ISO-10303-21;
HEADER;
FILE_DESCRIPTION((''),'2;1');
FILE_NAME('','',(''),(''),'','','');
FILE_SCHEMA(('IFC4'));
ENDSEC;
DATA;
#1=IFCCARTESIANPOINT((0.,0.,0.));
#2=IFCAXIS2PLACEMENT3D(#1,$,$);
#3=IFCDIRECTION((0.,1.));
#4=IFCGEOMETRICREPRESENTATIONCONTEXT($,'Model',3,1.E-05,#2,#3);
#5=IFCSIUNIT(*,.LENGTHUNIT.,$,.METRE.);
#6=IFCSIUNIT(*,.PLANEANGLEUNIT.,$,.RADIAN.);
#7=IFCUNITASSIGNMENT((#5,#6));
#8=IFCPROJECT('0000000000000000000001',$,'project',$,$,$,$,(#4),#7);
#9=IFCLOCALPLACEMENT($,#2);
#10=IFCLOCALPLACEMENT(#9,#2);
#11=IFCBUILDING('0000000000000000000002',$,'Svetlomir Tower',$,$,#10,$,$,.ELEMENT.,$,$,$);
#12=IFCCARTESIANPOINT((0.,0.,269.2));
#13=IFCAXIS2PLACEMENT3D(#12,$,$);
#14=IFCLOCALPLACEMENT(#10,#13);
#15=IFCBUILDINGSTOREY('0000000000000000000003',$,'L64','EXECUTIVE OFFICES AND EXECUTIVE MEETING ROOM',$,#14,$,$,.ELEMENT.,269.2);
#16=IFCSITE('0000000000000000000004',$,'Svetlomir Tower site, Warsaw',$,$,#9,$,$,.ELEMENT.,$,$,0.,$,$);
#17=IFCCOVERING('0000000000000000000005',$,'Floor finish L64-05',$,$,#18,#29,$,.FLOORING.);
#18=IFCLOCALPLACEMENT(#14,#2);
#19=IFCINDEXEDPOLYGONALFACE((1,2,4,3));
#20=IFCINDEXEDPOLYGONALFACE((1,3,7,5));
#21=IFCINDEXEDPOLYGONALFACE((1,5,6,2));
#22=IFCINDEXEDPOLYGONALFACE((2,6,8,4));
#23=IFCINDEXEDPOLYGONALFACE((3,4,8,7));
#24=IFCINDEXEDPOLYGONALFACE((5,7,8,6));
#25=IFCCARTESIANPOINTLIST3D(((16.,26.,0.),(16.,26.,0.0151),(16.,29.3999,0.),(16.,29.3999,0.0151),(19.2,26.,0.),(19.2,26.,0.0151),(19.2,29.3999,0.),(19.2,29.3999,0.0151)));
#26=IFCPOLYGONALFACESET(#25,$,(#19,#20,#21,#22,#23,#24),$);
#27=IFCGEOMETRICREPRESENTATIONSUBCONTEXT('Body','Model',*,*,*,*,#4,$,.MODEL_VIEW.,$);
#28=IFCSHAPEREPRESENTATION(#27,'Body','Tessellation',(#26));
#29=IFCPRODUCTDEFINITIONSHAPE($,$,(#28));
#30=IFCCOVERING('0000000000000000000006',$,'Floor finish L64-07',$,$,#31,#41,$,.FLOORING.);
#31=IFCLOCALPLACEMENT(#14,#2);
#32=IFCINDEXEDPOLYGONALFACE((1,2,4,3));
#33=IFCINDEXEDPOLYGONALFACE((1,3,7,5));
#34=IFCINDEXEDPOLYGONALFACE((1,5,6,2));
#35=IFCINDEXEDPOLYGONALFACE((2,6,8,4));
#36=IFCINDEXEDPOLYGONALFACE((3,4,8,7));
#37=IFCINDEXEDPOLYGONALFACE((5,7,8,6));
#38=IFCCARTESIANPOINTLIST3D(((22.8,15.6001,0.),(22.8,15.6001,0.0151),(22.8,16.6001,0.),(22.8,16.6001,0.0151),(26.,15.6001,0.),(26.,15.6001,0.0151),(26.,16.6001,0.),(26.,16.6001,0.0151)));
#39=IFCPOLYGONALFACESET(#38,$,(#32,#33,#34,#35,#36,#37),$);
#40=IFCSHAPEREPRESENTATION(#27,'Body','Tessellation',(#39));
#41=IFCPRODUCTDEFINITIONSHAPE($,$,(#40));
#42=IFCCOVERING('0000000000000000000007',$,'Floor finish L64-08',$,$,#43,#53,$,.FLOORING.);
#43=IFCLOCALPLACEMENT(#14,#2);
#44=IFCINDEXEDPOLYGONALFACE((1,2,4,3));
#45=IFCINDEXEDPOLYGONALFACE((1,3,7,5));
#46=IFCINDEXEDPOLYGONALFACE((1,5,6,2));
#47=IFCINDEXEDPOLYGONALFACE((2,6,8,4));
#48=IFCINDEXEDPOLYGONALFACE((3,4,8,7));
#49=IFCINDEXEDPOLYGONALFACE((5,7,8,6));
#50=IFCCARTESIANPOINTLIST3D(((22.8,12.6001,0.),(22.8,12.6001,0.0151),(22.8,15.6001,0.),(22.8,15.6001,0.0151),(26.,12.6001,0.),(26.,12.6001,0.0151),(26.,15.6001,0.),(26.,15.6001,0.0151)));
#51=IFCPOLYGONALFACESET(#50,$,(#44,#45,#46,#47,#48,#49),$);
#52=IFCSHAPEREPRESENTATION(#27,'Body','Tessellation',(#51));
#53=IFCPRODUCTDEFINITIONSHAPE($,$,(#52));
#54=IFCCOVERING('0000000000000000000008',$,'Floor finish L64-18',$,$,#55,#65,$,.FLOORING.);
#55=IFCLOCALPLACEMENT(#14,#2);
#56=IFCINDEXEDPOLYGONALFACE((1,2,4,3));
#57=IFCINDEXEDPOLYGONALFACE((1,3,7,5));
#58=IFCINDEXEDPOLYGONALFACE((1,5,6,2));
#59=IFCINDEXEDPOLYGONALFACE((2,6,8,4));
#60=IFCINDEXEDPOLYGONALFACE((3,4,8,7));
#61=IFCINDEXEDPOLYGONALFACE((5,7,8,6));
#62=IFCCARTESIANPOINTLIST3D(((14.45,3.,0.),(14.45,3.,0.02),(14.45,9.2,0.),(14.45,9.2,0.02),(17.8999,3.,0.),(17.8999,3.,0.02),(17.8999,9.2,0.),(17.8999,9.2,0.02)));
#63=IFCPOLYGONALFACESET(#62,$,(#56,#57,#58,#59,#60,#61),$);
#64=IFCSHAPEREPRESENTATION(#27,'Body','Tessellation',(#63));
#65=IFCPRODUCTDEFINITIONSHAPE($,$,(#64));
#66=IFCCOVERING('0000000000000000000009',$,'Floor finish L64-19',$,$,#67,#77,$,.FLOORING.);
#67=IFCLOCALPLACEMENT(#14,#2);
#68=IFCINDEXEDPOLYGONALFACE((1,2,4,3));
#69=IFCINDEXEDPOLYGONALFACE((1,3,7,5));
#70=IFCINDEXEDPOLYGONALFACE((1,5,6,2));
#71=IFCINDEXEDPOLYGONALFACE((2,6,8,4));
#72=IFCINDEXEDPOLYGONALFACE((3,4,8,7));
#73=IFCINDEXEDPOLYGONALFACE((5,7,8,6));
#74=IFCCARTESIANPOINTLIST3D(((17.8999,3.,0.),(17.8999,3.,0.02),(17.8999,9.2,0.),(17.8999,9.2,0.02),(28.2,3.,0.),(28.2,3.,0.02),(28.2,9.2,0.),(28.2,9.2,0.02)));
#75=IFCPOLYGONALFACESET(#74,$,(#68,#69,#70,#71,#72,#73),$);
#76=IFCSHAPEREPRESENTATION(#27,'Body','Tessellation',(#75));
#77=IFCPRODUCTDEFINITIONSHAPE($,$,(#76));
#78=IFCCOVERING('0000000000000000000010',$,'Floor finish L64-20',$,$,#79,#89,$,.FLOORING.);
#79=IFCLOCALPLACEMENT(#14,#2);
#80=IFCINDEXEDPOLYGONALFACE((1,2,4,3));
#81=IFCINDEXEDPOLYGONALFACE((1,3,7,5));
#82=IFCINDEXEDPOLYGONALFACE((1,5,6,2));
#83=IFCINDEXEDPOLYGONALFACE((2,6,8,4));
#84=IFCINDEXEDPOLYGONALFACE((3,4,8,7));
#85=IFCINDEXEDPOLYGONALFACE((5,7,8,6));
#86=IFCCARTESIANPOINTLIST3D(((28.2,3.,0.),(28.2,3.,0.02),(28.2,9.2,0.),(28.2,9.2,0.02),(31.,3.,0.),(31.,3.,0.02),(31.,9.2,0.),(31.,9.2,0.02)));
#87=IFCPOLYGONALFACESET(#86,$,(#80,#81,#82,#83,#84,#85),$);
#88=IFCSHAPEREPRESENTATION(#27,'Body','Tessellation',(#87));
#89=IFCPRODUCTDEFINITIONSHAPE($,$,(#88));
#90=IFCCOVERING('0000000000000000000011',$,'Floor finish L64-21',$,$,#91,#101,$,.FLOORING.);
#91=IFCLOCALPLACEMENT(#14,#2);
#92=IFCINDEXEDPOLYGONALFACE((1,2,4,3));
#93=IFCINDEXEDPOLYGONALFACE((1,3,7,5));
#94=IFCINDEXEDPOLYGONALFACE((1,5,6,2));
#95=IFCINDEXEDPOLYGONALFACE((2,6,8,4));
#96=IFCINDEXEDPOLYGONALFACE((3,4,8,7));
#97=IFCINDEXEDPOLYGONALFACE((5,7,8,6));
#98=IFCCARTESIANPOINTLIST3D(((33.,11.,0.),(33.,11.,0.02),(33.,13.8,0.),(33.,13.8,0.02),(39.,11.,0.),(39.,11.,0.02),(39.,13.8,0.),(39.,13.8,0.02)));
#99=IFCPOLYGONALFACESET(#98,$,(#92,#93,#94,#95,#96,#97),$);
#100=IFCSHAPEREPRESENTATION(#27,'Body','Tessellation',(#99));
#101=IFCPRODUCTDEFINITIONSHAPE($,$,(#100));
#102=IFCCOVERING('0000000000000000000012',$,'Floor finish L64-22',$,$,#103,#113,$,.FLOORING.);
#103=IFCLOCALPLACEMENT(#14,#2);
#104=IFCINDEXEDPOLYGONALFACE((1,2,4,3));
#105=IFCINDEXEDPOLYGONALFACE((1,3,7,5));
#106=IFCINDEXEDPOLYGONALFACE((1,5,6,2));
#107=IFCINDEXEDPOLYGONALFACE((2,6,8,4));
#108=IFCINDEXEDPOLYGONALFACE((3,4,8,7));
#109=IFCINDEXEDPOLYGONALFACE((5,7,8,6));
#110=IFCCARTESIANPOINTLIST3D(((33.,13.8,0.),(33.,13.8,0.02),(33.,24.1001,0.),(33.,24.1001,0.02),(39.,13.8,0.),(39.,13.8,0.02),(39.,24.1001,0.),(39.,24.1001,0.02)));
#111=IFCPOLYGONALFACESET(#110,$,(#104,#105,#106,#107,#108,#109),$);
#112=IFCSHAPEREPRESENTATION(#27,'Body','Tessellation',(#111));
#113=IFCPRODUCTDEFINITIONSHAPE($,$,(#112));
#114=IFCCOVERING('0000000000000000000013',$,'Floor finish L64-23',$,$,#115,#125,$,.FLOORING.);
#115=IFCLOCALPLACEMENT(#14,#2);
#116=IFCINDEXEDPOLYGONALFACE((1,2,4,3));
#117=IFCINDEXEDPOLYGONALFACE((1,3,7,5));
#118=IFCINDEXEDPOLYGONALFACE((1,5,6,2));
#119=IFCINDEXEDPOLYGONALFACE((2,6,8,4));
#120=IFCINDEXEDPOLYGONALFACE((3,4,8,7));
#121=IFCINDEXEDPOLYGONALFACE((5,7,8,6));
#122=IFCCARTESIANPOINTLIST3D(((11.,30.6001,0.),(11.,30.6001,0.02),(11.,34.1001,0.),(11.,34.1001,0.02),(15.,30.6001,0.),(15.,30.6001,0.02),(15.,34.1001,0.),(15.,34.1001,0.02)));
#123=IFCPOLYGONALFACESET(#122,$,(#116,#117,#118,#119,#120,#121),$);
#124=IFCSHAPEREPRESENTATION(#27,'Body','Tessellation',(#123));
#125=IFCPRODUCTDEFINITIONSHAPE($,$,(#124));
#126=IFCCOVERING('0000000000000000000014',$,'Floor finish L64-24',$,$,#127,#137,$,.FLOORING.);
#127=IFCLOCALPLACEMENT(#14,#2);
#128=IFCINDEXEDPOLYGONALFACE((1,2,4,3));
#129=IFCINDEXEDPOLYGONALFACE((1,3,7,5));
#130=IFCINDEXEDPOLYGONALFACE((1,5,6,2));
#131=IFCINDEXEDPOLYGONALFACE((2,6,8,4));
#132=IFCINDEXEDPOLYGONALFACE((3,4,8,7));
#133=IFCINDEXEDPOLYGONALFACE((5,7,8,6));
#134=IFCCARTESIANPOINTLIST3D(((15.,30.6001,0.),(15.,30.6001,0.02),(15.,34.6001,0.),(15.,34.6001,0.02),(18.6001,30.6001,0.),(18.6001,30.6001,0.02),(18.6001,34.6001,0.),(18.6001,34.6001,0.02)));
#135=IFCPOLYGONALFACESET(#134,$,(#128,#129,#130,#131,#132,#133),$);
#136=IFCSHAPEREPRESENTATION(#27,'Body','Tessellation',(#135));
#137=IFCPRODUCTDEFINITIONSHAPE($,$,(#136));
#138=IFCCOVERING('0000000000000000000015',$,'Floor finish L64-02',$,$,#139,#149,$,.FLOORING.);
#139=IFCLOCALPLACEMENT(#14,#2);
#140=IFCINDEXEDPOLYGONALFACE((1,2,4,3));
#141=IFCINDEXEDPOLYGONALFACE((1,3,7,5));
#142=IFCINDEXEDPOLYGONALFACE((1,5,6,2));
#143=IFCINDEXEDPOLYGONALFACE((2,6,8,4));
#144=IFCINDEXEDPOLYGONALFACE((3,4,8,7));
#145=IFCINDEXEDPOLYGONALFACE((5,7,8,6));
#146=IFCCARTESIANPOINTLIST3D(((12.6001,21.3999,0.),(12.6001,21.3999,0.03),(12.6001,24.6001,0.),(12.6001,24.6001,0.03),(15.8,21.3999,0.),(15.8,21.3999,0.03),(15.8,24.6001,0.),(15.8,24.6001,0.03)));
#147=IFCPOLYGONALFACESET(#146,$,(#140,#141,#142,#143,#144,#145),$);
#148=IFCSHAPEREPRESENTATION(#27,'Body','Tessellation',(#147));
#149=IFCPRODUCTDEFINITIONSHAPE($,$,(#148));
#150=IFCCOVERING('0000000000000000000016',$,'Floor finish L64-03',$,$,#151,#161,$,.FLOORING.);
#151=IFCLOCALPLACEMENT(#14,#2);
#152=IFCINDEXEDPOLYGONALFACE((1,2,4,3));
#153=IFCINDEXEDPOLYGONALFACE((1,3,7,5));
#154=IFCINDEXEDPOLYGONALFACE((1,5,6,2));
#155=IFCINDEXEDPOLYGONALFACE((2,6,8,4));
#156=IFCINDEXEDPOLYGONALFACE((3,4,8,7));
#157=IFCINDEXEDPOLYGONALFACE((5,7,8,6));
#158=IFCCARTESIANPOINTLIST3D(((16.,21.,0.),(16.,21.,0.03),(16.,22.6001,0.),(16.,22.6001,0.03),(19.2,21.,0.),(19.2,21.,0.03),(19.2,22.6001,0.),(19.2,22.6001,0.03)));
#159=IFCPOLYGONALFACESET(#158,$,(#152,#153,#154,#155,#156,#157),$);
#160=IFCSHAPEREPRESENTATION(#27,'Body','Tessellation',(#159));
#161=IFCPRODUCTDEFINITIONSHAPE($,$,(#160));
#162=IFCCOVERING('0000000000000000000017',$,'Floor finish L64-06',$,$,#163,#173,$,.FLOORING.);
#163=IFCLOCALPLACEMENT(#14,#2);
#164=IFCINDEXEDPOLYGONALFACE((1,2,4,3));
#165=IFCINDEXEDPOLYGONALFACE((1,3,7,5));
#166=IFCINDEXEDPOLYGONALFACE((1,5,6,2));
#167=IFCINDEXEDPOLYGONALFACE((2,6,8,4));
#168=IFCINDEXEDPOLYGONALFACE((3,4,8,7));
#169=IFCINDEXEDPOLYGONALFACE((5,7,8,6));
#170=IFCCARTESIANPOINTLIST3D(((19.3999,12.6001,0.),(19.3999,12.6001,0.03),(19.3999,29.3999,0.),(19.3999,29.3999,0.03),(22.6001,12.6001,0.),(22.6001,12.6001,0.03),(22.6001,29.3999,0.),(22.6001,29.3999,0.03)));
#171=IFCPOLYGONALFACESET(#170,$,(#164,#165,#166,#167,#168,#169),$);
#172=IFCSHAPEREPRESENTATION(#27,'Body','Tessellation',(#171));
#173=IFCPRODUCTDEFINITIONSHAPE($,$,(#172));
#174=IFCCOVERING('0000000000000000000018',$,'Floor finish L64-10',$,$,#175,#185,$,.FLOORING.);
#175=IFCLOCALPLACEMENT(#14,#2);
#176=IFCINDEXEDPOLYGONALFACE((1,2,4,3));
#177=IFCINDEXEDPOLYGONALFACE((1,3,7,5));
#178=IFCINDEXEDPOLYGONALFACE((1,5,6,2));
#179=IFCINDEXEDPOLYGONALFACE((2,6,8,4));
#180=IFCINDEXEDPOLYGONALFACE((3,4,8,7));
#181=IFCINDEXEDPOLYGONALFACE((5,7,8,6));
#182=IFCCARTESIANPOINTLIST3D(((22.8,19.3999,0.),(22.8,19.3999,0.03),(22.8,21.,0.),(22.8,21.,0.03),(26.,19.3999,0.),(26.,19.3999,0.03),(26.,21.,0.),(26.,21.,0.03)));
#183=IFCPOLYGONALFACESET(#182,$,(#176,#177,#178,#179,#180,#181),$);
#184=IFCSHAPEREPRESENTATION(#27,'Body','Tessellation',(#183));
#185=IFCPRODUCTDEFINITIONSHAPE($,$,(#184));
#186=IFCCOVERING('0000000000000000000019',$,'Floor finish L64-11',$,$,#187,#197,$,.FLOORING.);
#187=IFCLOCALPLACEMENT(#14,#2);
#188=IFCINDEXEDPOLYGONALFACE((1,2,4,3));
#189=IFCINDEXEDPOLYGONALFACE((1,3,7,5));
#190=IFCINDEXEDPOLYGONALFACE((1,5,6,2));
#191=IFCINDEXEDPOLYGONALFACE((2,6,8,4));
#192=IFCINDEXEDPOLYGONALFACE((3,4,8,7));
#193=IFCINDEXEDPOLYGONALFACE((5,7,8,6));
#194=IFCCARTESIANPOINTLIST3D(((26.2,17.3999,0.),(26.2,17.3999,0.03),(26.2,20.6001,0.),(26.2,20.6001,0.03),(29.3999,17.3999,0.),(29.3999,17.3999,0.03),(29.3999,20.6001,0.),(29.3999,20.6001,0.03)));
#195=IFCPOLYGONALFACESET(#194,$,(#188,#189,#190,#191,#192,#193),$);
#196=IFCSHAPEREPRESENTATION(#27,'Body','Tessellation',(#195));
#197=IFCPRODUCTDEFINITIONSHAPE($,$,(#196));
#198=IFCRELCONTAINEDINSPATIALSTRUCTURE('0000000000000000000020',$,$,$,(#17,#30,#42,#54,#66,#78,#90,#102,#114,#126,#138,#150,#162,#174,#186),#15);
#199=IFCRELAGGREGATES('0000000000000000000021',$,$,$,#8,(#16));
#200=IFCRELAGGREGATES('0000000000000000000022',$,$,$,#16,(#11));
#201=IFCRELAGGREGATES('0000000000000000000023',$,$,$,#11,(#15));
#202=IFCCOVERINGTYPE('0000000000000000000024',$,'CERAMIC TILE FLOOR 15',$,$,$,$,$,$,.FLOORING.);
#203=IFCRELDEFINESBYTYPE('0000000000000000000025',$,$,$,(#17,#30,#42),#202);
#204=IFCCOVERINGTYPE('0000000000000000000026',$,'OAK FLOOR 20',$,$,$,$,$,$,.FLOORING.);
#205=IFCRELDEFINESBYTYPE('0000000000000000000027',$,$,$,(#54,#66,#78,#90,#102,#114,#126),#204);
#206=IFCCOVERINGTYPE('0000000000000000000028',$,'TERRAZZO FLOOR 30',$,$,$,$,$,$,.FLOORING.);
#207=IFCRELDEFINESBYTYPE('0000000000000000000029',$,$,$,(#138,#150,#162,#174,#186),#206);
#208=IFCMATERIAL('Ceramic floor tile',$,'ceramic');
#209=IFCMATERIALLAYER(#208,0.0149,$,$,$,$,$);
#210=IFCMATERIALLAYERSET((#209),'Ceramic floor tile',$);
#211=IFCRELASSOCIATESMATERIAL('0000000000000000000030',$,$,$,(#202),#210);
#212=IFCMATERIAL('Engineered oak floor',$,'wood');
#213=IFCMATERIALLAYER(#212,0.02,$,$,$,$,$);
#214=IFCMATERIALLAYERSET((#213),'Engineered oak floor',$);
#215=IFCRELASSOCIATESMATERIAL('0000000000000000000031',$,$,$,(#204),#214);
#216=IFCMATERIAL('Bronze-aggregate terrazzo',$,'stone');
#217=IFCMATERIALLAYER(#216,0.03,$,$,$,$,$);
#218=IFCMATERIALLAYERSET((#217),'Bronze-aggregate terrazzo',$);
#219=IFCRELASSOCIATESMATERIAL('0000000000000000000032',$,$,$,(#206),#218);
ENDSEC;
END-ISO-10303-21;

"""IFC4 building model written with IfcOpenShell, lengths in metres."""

from ifc_helpers import new_model, si_unit, direction, frame, origin, place, context, subcontext, project, spatial, polyline, outline, extrude, material, layer, layer_set, type_object, element, save


model = new_model("IFC4")

# Units and contexts
model_context = context("Model", 3, precision=1e-05, world=origin(), true_north=direction((0.0, 1.0)))
body_context = subcontext(model_context, "Body", "Model", "MODEL_VIEW")
ifc_project = project(units=[si_unit("LENGTHUNIT", "METRE"), si_unit("PLANEANGLEUNIT", "RADIAN")], contexts=[model_context])

# Site, building, storey
site_placement = place(None, origin())
site = spatial("IfcSite", under=ifc_project, at=site_placement, Name="Svetlomir Tower site, Warsaw", CompositionType="ELEMENT", RefElevation=0.0)
building_placement = place(site_placement, origin())
building = spatial("IfcBuilding", under=site, at=building_placement, Name="Svetlomir Tower", CompositionType="ELEMENT")
storey_placement = place(building_placement, frame((0.0, 0.0, 269.2)))
storey = spatial("IfcBuildingStorey", under=building, at=storey_placement, Name="L64", Description="EXECUTIVE OFFICES AND EXECUTIVE MEETING ROOM", CompositionType="ELEMENT", Elevation=269.2)

# Coverings
ifc_material_1 = material(Name="Ceramic floor tile", Category="ceramic")
ifc_layer_1 = layer(ifc_material_1, 0.0149)
ifc_layer_set_1 = layer_set([ifc_layer_1], Name="Ceramic floor tile")
covering_type_1 = type_object("IfcCoveringType", Name="CERAMIC TILE FLOOR 15", PredefinedType="FLOORING", material=ifc_layer_set_1)
covering_1_placement = place(storey_placement, origin())
element("IfcCovering", 1, at=covering_1_placement, inside=storey, type_object=covering_type_1, Name="Floor finish L64-05", PredefinedType="FLOORING", context=body_context, shape_type="SweptSolid", body=[
    extrude(outline(polyline([(16.0, 26.0), (19.2, 26.0), (19.2, 29.3999), (16.0, 29.3999), (16.0, 26.0)])), origin(), (0.0, 0.0, 1.0), 0.0151),
])
covering_2_placement = place(storey_placement, origin())
element("IfcCovering", 2, at=covering_2_placement, inside=storey, type_object=covering_type_1, Name="Floor finish L64-07", PredefinedType="FLOORING", context=body_context, shape_type="SweptSolid", body=[
    extrude(outline(polyline([(22.8, 15.6001), (26.0, 15.6001), (26.0, 16.6001), (22.8, 16.6001), (22.8, 15.6001)])), origin(), (0.0, 0.0, 1.0), 0.0151),
])
covering_3_placement = place(storey_placement, origin())
element("IfcCovering", 3, at=covering_3_placement, inside=storey, type_object=covering_type_1, Name="Floor finish L64-08", PredefinedType="FLOORING", context=body_context, shape_type="SweptSolid", body=[
    extrude(outline(polyline([(22.8, 12.6001), (26.0, 12.6001), (26.0, 15.6001), (22.8, 15.6001), (22.8, 12.6001)])), origin(), (0.0, 0.0, 1.0), 0.0151),
])
ifc_material_2 = material(Name="Engineered oak floor", Category="wood")
ifc_layer_2 = layer(ifc_material_2, 0.02)
ifc_layer_set_2 = layer_set([ifc_layer_2], Name="Engineered oak floor")
covering_type_2 = type_object("IfcCoveringType", Name="OAK FLOOR 20", PredefinedType="FLOORING", material=ifc_layer_set_2)
covering_4_placement = place(storey_placement, origin())
element("IfcCovering", 4, at=covering_4_placement, inside=storey, type_object=covering_type_2, Name="Floor finish L64-18", PredefinedType="FLOORING", context=body_context, shape_type="SweptSolid", body=[
    extrude(outline(polyline([(14.45, 3.0), (17.8999, 3.0), (17.8999, 9.2), (14.45, 9.2), (14.45, 3.0)])), origin(), (0.0, 0.0, 1.0), 0.02),
])
covering_5_placement = place(storey_placement, origin())
element("IfcCovering", 5, at=covering_5_placement, inside=storey, type_object=covering_type_2, Name="Floor finish L64-19", PredefinedType="FLOORING", context=body_context, shape_type="SweptSolid", body=[
    extrude(outline(polyline([(17.8999, 3.0), (28.2, 3.0), (28.2, 9.2), (17.8999, 9.2), (17.8999, 3.0)])), origin(), (0.0, 0.0, 1.0), 0.02),
])
covering_6_placement = place(storey_placement, origin())
element("IfcCovering", 6, at=covering_6_placement, inside=storey, type_object=covering_type_2, Name="Floor finish L64-20", PredefinedType="FLOORING", context=body_context, shape_type="SweptSolid", body=[
    extrude(outline(polyline([(28.2, 3.0), (31.0, 3.0), (31.0, 9.2), (28.2, 9.2), (28.2, 3.0)])), origin(), (0.0, 0.0, 1.0), 0.02),
])
covering_7_placement = place(storey_placement, origin())
element("IfcCovering", 7, at=covering_7_placement, inside=storey, type_object=covering_type_2, Name="Floor finish L64-21", PredefinedType="FLOORING", context=body_context, shape_type="SweptSolid", body=[
    extrude(outline(polyline([(33.0, 11.0), (39.0, 11.0), (39.0, 13.8), (33.0, 13.8), (33.0, 11.0)])), origin(), (0.0, 0.0, 1.0), 0.02),
])
covering_8_placement = place(storey_placement, origin())
element("IfcCovering", 8, at=covering_8_placement, inside=storey, type_object=covering_type_2, Name="Floor finish L64-22", PredefinedType="FLOORING", context=body_context, shape_type="SweptSolid", body=[
    extrude(outline(polyline([(33.0, 13.8), (39.0, 13.8), (39.0, 24.1001), (33.0, 24.1001), (33.0, 13.8)])), origin(), (0.0, 0.0, 1.0), 0.02),
])
covering_9_placement = place(storey_placement, origin())
element("IfcCovering", 9, at=covering_9_placement, inside=storey, type_object=covering_type_2, Name="Floor finish L64-23", PredefinedType="FLOORING", context=body_context, shape_type="SweptSolid", body=[
    extrude(outline(polyline([(11.0, 30.6001), (15.0, 30.6001), (15.0, 34.1001), (11.0, 34.1001), (11.0, 30.6001)])), origin(), (0.0, 0.0, 1.0), 0.02),
])
covering_10_placement = place(storey_placement, origin())
element("IfcCovering", 10, at=covering_10_placement, inside=storey, type_object=covering_type_2, Name="Floor finish L64-24", PredefinedType="FLOORING", context=body_context, shape_type="SweptSolid", body=[
    extrude(outline(polyline([(15.0, 30.6001), (18.6001, 30.6001), (18.6001, 34.6001), (15.0, 34.6001), (15.0, 30.6001)])), origin(), (0.0, 0.0, 1.0), 0.02),
])
ifc_material_3 = material(Name="Bronze-aggregate terrazzo", Category="stone")
ifc_layer_3 = layer(ifc_material_3, 0.03)
ifc_layer_set_3 = layer_set([ifc_layer_3], Name="Bronze-aggregate terrazzo")
covering_type_3 = type_object("IfcCoveringType", Name="TERRAZZO FLOOR 30", PredefinedType="FLOORING", material=ifc_layer_set_3)
covering_11_placement = place(storey_placement, origin())
element("IfcCovering", 11, at=covering_11_placement, inside=storey, type_object=covering_type_3, Name="Floor finish L64-02", PredefinedType="FLOORING", context=body_context, shape_type="SweptSolid", body=[
    extrude(outline(polyline([(12.6001, 21.3999), (15.8, 21.3999), (15.8, 24.6001), (12.6001, 24.6001), (12.6001, 21.3999)])), origin(), (0.0, 0.0, 1.0), 0.03),
])
covering_12_placement = place(storey_placement, origin())
element("IfcCovering", 12, at=covering_12_placement, inside=storey, type_object=covering_type_3, Name="Floor finish L64-03", PredefinedType="FLOORING", context=body_context, shape_type="SweptSolid", body=[
    extrude(outline(polyline([(16.0, 21.0), (19.2, 21.0), (19.2, 22.6001), (16.0, 22.6001), (16.0, 21.0)])), origin(), (0.0, 0.0, 1.0), 0.03),
])
covering_13_placement = place(storey_placement, origin())
element("IfcCovering", 13, at=covering_13_placement, inside=storey, type_object=covering_type_3, Name="Floor finish L64-06", PredefinedType="FLOORING", context=body_context, shape_type="SweptSolid", body=[
    extrude(outline(polyline([(19.3999, 12.6001), (22.6001, 12.6001), (22.6001, 29.3999), (19.3999, 29.3999), (19.3999, 12.6001)])), origin(), (0.0, 0.0, 1.0), 0.03),
])
covering_14_placement = place(storey_placement, origin())
element("IfcCovering", 14, at=covering_14_placement, inside=storey, type_object=covering_type_3, Name="Floor finish L64-10", PredefinedType="FLOORING", context=body_context, shape_type="SweptSolid", body=[
    extrude(outline(polyline([(22.8, 19.3999), (26.0, 19.3999), (26.0, 21.0), (22.8, 21.0), (22.8, 19.3999)])), origin(), (0.0, 0.0, 1.0), 0.03),
])
covering_15_placement = place(storey_placement, origin())
element("IfcCovering", 15, at=covering_15_placement, inside=storey, type_object=covering_type_3, Name="Floor finish L64-11", PredefinedType="FLOORING", context=body_context, shape_type="SweptSolid", body=[
    extrude(outline(polyline([(26.2, 17.3999), (29.3999, 17.3999), (29.3999, 20.6001), (26.2, 20.6001), (26.2, 17.3999)])), origin(), (0.0, 0.0, 1.0), 0.03),
])

save(model, "model.ifc")
